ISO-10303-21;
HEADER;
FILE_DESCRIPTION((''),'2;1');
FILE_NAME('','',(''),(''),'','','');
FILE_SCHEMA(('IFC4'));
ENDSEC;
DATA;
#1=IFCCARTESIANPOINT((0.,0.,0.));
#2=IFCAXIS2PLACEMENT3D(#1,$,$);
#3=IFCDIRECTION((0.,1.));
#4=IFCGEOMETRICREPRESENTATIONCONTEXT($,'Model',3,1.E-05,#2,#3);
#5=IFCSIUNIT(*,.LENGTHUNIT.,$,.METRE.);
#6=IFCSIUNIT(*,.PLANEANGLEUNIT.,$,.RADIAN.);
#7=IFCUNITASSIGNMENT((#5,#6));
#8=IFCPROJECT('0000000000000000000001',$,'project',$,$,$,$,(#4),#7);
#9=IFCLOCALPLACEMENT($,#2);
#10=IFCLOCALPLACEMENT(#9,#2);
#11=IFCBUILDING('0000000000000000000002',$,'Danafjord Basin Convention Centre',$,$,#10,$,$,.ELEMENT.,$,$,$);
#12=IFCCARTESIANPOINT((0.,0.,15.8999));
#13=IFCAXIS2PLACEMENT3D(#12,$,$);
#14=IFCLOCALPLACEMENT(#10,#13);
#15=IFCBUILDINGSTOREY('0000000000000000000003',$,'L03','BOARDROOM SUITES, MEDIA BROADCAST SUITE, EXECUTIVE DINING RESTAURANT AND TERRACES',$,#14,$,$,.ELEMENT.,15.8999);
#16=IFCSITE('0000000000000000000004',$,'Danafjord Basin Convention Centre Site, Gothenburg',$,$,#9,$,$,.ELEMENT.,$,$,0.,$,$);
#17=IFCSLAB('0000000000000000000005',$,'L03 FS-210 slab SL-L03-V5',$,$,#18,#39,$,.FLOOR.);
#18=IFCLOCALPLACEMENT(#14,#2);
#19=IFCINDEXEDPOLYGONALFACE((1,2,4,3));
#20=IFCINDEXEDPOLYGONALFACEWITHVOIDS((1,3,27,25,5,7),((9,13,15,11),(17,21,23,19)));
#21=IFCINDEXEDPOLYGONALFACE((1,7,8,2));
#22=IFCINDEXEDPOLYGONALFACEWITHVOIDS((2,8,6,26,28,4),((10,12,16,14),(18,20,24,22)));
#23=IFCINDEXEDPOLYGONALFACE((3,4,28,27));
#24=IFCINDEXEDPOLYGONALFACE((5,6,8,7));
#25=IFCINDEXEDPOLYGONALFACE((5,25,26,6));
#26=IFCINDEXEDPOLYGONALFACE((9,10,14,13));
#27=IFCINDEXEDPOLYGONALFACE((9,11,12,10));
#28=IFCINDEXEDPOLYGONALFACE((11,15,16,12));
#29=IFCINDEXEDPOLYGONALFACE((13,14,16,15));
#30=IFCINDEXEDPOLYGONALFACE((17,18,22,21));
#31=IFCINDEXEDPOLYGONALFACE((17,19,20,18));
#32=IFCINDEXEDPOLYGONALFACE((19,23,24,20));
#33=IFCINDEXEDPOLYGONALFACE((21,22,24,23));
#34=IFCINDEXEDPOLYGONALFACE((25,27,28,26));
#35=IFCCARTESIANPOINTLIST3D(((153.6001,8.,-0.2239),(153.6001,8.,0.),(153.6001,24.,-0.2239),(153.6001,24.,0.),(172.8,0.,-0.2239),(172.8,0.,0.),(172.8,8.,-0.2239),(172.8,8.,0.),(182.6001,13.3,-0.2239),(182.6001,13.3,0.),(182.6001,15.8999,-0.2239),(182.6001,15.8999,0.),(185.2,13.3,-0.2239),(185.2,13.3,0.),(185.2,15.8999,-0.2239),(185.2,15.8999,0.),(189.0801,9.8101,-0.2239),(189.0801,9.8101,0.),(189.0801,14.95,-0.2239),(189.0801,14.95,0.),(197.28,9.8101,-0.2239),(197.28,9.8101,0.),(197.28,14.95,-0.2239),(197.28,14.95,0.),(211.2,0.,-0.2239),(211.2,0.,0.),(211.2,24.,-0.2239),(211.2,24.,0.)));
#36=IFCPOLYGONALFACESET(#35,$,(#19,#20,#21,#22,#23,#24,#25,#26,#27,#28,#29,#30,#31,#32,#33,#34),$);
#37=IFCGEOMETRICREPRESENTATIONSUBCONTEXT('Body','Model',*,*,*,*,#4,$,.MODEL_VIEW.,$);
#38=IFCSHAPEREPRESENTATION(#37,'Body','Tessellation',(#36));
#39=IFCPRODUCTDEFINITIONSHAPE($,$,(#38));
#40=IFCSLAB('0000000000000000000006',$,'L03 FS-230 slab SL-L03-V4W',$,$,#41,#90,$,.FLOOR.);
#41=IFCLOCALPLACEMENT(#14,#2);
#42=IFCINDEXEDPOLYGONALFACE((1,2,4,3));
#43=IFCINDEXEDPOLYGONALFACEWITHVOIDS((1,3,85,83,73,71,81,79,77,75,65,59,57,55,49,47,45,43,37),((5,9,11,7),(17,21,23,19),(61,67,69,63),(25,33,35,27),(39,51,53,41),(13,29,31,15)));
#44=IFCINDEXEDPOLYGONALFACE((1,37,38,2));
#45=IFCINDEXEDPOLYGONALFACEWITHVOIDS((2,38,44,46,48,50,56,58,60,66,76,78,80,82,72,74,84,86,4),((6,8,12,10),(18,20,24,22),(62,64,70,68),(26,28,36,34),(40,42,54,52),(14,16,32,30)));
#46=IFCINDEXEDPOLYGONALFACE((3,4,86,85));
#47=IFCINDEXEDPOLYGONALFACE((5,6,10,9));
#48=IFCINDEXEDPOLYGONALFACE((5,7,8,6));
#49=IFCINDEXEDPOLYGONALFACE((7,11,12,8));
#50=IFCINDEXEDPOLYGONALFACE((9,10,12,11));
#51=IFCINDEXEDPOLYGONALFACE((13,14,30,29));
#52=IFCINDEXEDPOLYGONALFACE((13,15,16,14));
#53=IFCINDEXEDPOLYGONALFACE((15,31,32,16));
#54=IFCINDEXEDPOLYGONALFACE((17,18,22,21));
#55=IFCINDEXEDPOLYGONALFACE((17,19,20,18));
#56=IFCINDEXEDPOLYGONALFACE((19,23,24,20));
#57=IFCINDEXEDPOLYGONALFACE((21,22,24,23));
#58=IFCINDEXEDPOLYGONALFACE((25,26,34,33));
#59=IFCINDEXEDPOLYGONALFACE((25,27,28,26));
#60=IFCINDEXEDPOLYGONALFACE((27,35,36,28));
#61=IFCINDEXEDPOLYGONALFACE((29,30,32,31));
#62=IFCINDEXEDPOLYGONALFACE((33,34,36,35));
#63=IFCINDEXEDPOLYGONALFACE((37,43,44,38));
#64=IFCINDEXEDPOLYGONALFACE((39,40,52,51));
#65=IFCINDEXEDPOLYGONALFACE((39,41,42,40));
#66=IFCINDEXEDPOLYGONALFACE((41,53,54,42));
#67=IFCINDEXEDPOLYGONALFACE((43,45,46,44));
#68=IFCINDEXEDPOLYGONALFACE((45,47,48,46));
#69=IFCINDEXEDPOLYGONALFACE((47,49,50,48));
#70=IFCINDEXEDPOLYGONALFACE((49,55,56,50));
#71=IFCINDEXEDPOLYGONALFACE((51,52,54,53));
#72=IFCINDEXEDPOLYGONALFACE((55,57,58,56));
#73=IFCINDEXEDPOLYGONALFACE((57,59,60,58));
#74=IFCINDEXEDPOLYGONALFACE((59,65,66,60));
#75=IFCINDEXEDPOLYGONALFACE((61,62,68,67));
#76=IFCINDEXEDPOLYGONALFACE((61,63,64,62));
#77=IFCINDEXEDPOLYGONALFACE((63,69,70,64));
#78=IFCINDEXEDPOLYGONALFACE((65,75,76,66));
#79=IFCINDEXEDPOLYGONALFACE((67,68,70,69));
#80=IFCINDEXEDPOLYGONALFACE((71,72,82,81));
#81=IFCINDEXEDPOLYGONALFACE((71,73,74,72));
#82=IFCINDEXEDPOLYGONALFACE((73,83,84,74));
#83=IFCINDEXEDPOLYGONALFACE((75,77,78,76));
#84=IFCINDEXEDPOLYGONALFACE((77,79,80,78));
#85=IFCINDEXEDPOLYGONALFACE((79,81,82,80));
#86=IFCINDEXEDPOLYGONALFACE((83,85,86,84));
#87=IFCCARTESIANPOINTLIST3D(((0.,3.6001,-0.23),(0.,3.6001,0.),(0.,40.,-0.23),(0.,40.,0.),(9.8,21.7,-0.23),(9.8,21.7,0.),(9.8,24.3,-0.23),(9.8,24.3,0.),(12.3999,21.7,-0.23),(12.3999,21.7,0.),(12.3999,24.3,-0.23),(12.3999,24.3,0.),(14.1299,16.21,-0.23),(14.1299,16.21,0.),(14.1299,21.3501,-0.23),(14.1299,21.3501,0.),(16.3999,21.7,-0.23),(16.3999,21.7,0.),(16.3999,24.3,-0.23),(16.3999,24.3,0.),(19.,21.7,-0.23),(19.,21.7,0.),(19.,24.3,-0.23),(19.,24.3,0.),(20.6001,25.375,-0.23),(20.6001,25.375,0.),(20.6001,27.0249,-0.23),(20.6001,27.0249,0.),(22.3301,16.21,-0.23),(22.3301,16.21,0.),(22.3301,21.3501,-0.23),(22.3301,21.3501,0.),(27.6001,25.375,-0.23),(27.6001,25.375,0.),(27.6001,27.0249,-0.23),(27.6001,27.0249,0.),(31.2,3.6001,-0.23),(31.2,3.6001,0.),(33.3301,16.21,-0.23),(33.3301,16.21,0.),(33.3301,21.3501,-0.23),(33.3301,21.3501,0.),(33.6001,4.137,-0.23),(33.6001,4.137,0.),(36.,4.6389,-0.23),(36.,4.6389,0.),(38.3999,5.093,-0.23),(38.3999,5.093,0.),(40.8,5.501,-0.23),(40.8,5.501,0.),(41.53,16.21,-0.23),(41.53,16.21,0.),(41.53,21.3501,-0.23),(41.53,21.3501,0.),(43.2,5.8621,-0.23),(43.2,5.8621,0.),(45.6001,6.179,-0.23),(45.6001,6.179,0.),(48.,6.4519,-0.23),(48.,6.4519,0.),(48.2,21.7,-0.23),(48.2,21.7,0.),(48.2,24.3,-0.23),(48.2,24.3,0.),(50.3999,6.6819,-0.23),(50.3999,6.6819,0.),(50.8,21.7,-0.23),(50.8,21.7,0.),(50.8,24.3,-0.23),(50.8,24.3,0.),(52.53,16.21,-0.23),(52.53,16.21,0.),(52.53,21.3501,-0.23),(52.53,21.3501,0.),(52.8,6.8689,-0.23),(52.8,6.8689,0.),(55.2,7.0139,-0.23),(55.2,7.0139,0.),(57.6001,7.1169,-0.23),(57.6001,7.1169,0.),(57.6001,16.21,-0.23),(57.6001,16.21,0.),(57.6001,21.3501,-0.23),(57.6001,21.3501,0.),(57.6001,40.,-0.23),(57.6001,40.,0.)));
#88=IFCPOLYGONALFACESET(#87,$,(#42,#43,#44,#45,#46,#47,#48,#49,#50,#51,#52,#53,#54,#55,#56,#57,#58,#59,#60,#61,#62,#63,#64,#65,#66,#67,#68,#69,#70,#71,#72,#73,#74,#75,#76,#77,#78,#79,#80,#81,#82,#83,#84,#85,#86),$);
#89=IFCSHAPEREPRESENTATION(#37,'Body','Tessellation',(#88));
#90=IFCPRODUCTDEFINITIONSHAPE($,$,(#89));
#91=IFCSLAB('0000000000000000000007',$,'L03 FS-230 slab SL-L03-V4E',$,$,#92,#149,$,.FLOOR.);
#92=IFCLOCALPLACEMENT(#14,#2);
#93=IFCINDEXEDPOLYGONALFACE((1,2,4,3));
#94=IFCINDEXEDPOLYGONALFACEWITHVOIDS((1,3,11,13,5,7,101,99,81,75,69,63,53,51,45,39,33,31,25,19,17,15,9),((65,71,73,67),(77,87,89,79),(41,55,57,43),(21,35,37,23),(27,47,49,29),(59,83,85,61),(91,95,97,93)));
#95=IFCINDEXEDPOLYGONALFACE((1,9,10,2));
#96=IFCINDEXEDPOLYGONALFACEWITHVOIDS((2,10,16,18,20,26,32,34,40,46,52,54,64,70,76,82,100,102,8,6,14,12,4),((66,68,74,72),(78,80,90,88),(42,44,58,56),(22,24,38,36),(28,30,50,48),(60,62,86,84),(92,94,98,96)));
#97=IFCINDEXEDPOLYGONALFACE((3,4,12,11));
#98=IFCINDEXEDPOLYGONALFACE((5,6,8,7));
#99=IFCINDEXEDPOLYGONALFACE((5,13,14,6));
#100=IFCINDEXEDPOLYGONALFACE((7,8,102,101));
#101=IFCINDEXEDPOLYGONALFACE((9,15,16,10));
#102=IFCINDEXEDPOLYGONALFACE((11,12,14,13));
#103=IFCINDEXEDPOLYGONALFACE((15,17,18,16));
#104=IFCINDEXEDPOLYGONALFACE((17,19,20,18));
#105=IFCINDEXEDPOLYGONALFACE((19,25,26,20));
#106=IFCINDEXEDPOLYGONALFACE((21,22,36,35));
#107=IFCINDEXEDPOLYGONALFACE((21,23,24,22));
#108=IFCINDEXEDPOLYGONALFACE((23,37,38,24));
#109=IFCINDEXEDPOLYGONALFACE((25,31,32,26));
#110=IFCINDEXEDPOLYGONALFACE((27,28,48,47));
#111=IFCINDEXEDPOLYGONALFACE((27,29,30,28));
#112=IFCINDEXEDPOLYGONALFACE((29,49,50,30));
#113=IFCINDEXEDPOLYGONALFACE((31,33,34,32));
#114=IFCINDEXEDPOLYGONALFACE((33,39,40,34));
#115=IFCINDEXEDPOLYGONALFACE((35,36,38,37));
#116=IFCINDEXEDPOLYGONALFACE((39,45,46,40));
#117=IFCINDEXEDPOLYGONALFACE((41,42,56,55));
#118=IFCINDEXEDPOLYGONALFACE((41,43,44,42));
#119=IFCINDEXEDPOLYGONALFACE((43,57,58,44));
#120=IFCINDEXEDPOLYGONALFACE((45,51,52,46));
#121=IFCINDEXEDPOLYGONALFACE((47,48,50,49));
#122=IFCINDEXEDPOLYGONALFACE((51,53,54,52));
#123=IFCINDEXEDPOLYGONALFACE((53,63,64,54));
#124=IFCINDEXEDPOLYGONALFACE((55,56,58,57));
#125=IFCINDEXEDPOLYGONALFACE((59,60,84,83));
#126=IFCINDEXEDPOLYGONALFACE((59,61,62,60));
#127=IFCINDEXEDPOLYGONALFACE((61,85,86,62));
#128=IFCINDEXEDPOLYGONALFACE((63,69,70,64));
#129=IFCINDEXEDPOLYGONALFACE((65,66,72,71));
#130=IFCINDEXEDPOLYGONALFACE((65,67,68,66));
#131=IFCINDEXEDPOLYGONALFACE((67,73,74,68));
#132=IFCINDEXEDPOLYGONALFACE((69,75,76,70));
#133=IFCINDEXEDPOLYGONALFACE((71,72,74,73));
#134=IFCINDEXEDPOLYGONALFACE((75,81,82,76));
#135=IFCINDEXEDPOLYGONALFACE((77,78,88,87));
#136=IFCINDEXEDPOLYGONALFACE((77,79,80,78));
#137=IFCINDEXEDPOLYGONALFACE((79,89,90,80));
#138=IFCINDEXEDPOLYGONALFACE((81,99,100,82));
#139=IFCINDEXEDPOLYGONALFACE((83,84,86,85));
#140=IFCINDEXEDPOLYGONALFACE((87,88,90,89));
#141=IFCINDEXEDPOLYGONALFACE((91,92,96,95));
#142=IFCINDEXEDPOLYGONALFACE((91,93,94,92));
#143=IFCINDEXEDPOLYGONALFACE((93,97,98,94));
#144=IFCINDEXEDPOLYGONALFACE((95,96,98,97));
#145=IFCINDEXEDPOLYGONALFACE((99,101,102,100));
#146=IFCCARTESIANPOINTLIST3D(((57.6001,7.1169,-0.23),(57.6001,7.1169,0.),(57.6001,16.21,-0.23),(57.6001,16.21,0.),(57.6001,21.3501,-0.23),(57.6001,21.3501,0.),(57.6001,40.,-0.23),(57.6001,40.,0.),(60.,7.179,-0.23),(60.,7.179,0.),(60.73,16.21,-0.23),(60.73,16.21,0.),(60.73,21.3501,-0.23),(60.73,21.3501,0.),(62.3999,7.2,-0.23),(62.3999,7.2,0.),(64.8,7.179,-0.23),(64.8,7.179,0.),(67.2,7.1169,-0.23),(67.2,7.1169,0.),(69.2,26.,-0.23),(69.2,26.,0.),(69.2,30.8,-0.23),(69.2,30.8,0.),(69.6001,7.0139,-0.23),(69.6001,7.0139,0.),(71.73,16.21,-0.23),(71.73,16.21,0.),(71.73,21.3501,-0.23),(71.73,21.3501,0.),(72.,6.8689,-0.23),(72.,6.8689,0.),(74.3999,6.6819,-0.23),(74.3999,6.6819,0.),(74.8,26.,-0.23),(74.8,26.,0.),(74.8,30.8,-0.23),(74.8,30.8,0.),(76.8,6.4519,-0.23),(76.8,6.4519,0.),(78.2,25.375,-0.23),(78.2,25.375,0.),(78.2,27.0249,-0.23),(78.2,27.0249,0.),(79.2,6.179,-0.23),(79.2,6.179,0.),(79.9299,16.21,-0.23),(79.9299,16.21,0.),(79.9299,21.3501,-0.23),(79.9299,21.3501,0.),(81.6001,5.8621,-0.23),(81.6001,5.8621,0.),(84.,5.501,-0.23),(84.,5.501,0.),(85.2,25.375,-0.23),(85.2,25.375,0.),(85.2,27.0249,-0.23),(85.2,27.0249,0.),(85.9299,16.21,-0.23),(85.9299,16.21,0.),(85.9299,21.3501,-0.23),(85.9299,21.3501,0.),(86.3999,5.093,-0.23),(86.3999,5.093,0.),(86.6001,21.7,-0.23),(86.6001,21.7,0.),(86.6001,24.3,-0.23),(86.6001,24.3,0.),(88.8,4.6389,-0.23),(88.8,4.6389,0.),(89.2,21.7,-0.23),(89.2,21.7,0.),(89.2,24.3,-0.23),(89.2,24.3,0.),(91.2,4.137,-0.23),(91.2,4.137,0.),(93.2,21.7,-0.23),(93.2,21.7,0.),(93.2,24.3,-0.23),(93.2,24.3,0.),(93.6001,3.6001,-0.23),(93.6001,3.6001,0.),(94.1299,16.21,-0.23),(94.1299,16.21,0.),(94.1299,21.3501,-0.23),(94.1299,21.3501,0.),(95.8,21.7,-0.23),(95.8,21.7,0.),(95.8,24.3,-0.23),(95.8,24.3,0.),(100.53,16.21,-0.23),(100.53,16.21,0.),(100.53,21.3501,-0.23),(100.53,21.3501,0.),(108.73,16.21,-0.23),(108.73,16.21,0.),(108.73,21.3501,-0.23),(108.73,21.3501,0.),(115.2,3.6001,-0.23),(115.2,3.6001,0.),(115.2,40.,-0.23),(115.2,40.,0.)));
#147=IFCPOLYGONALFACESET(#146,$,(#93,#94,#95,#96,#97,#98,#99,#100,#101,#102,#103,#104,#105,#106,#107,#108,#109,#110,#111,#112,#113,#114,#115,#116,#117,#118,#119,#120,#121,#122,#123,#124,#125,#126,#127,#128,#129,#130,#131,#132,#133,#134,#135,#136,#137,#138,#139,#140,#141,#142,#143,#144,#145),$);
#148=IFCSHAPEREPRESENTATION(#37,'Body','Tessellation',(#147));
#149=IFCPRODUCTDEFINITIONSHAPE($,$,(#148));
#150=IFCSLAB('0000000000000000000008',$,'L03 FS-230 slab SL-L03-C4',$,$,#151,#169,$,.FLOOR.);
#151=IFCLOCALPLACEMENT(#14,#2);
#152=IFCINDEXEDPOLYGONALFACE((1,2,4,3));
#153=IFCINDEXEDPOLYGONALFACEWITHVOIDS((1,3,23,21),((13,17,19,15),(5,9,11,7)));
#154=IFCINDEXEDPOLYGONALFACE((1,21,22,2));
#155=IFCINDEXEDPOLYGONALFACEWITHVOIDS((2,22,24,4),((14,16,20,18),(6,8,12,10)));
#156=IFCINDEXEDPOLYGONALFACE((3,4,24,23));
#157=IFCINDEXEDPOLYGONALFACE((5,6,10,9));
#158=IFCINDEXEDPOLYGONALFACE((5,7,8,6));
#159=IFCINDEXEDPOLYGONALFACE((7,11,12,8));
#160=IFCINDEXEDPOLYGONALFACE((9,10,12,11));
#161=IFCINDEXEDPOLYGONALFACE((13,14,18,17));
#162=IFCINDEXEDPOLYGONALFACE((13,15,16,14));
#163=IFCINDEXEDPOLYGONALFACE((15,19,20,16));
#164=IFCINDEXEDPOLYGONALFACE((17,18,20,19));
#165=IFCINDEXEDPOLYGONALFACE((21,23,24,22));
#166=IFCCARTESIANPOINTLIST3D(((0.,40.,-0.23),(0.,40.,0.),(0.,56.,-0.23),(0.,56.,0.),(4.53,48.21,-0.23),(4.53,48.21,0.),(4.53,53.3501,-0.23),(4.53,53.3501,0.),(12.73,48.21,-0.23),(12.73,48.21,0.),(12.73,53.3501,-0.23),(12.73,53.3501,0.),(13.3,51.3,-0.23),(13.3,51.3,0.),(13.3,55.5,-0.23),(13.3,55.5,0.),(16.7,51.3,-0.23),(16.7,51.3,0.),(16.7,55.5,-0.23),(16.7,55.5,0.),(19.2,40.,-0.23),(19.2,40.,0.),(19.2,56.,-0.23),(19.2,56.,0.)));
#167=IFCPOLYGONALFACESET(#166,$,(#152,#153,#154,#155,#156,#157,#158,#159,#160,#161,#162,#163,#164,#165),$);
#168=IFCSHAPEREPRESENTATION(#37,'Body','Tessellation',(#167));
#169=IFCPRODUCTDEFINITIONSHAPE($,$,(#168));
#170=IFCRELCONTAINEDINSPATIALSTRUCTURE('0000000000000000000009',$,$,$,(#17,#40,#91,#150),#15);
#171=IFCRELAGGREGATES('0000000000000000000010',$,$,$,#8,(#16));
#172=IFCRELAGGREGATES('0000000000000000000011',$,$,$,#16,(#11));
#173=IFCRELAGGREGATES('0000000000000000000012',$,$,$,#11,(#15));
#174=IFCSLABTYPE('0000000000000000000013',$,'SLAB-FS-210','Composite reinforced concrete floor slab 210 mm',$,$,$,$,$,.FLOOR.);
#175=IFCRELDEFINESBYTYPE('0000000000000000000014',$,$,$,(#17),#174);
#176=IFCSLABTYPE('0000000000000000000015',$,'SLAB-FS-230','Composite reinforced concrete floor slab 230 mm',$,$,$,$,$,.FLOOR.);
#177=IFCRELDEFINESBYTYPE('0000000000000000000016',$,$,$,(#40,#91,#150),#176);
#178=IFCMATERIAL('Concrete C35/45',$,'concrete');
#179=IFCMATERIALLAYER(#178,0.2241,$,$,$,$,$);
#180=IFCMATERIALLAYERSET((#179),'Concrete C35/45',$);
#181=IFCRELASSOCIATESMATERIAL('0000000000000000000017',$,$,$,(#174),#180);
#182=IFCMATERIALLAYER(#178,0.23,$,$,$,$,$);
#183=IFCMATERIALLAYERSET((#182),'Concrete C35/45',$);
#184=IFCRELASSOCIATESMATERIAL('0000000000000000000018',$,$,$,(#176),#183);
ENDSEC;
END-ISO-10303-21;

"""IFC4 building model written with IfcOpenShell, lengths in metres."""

from ifc_helpers import new_model, si_unit, direction, frame, origin, place, context, subcontext, project, spatial, polyline, outline, extrude, material, layer, layer_set, type_object, element, save


model = new_model("IFC4")

# Units and contexts
model_context = context("Model", 3, precision=1e-05, world=origin(), true_north=direction((0.0, 1.0)))
body_context = subcontext(model_context, "Body", "Model", "MODEL_VIEW")
ifc_project = project(units=[si_unit("LENGTHUNIT", "METRE"), si_unit("PLANEANGLEUNIT", "RADIAN")], contexts=[model_context])

# Site, building, storey
site_placement = place(None, origin())
site = spatial("IfcSite", under=ifc_project, at=site_placement, Name="Danafjord Basin Convention Centre Site, Gothenburg", CompositionType="ELEMENT", RefElevation=0.0)
building_placement = place(site_placement, origin())
building = spatial("IfcBuilding", under=site, at=building_placement, Name="Danafjord Basin Convention Centre", CompositionType="ELEMENT")
storey_placement = place(building_placement, frame((0.0, 0.0, 15.8999)))
storey = spatial("IfcBuildingStorey", under=building, at=storey_placement, Name="L03", Description="BOARDROOM SUITES, MEDIA BROADCAST SUITE, EXECUTIVE DINING RESTAURANT AND TERRACES", CompositionType="ELEMENT", Elevation=15.8999)

# Slabs
ifc_material_1 = material(Name="Concrete C35/45", Category="concrete")
ifc_layer_1 = layer(ifc_material_1, 0.2241)
ifc_layer_set_1 = layer_set([ifc_layer_1], Name="Concrete C35/45")
slab_type_1 = type_object("IfcSlabType", Name="SLAB-FS-210", Description="Composite reinforced concrete floor slab 210 mm", PredefinedType="FLOOR", material=ifc_layer_set_1)
slab_1_placement = place(storey_placement, frame((0.0, 0.0, -0.2239)))
element("IfcSlab", 1, at=slab_1_placement, inside=storey, type_object=slab_type_1, Name="L03 FS-210 slab SL-L03-V5", PredefinedType="FLOOR", context=body_context, shape_type="SweptSolid", body=[
    extrude(outline(polyline([(153.6001, 24.0), (211.2, 24.0), (211.2, 0.0), (172.8, 0.0), (172.8, 8.0), (153.6001, 8.0), (153.6001, 24.0)]), holes=[polyline([(197.28, 9.8101), (197.28, 14.95), (189.0801, 14.95), (189.0801, 9.8101), (197.28, 9.8101)]), polyline([(185.2, 13.3), (185.2, 15.8999), (182.6001, 15.8999), (182.6001, 13.3), (185.2, 13.3)])]), origin(), (0.0, 0.0, 1.0), 0.2239),
])
ifc_layer_2 = layer(ifc_material_1, 0.23)
ifc_layer_set_2 = layer_set([ifc_layer_2], Name="Concrete C35/45")
slab_type_2 = type_object("IfcSlabType", Name="SLAB-FS-230", Description="Composite reinforced concrete floor slab 230 mm", PredefinedType="FLOOR", material=ifc_layer_set_2)
slab_2_placement = place(storey_placement, frame((0.0, 0.0, -0.23)))
element("IfcSlab", 2, at=slab_2_placement, inside=storey, type_object=slab_type_2, Name="L03 FS-230 slab SL-L03-V4W", PredefinedType="FLOOR", context=body_context, shape_type="SweptSolid", body=[
    extrude(outline(polyline([(57.6001, 40.0), (57.6001, 21.3501), (52.53, 21.3501), (52.53, 16.21), (57.6001, 16.21), (57.6001, 7.1169), (55.2, 7.0139), (52.8, 6.8689), (50.3999, 6.6819), (48.0, 6.4519), (45.6001, 6.179), (43.2, 5.8621), (40.8, 5.501), (38.3999, 5.093), (36.0, 4.6389), (33.6001, 4.137), (31.2, 3.6001), (0.0, 3.6001), (0.0, 40.0), (57.6001, 40.0)]), holes=[polyline([(48.2, 24.3), (48.2, 21.7), (50.8, 21.7), (50.8, 24.3), (48.2, 24.3)]), polyline([(33.3301, 21.3501), (33.3301, 16.21), (41.53, 16.21), (41.53, 21.3501), (33.3301, 21.3501)]), polyline([(20.6001, 27.0249), (20.6001, 25.375), (27.6001, 25.375), (27.6001, 27.0249), (20.6001, 27.0249)]), polyline([(14.1299, 16.21), (22.3301, 16.21), (22.3301, 21.3501), (14.1299, 21.3501), (14.1299, 16.21)]), polyline([(16.3999, 24.3), (16.3999, 21.7), (19.0, 21.7), (19.0, 24.3), (16.3999, 24.3)]), polyline([(12.3999, 24.3), (9.8, 24.3), (9.8, 21.7), (12.3999, 21.7), (12.3999, 24.3)])]), origin(), (0.0, 0.0, 1.0), 0.23),
])
slab_3_placement = place(storey_placement, frame((0.0, 0.0, -0.23)))
element("IfcSlab", 3, at=slab_3_placement, inside=storey, type_object=slab_type_2, Name="L03 FS-230 slab SL-L03-V4E", PredefinedType="FLOOR", context=body_context, shape_type="SweptSolid", body=[
    extrude(outline(polyline([(60.73, 16.21), (60.73, 21.3501), (57.6001, 21.3501), (57.6001, 40.0), (115.2, 40.0), (115.2, 3.6001), (93.6001, 3.6001), (91.2, 4.137), (88.8, 4.6389), (86.3999, 5.093), (84.0, 5.501), (81.6001, 5.8621), (79.2, 6.179), (76.8, 6.4519), (74.3999, 6.6819), (72.0, 6.8689), (69.6001, 7.0139), (67.2, 7.1169), (64.8, 7.179), (62.3999, 7.2), (60.0, 7.179), (57.6001, 7.1169), (57.6001, 16.21), (60.73, 16.21)]), holes=[polyline([(108.73, 21.3501), (100.53, 21.3501), (100.53, 16.21), (108.73, 16.21), (108.73, 21.3501)]), polyline([(93.2, 24.3), (93.2, 21.7), (95.8, 21.7), (95.8, 24.3), (93.2, 24.3)]), polyline([(94.1299, 21.3501), (85.9299, 21.3501), (85.9299, 16.21), (94.1299, 16.21), (94.1299, 21.3501)]), polyline([(86.6001, 24.3), (86.6001, 21.7), (89.2, 21.7), (89.2, 24.3), (86.6001, 24.3)]), polyline([(78.2, 27.0249), (78.2, 25.375), (85.2, 25.375), (85.2, 27.0249), (78.2, 27.0249)]), polyline([(71.73, 16.21), (79.9299, 16.21), (79.9299, 21.3501), (71.73, 21.3501), (71.73, 16.21)]), polyline([(69.2, 30.8), (69.2, 26.0), (74.8, 26.0), (74.8, 30.8), (69.2, 30.8)])]), origin(), (0.0, 0.0, 1.0), 0.23),
])
slab_4_placement = place(storey_placement, frame((0.0, 0.0, -0.23)))
element("IfcSlab", 4, at=slab_4_placement, inside=storey, type_object=slab_type_2, Name="L03 FS-230 slab SL-L03-C4", PredefinedType="FLOOR", context=body_context, shape_type="SweptSolid", body=[
    extrude(outline(polyline([(0.0, 56.0), (19.2, 56.0), (19.2, 40.0), (0.0, 40.0), (0.0, 56.0)]), holes=[polyline([(13.3, 51.3), (16.7, 51.3), (16.7, 55.5), (13.3, 55.5), (13.3, 51.3)]), polyline([(4.53, 48.21), (12.73, 48.21), (12.73, 53.3501), (4.53, 53.3501), (4.53, 48.21)])]), origin(), (0.0, 0.0, 1.0), 0.23),
])

save(model, "model.ifc")
